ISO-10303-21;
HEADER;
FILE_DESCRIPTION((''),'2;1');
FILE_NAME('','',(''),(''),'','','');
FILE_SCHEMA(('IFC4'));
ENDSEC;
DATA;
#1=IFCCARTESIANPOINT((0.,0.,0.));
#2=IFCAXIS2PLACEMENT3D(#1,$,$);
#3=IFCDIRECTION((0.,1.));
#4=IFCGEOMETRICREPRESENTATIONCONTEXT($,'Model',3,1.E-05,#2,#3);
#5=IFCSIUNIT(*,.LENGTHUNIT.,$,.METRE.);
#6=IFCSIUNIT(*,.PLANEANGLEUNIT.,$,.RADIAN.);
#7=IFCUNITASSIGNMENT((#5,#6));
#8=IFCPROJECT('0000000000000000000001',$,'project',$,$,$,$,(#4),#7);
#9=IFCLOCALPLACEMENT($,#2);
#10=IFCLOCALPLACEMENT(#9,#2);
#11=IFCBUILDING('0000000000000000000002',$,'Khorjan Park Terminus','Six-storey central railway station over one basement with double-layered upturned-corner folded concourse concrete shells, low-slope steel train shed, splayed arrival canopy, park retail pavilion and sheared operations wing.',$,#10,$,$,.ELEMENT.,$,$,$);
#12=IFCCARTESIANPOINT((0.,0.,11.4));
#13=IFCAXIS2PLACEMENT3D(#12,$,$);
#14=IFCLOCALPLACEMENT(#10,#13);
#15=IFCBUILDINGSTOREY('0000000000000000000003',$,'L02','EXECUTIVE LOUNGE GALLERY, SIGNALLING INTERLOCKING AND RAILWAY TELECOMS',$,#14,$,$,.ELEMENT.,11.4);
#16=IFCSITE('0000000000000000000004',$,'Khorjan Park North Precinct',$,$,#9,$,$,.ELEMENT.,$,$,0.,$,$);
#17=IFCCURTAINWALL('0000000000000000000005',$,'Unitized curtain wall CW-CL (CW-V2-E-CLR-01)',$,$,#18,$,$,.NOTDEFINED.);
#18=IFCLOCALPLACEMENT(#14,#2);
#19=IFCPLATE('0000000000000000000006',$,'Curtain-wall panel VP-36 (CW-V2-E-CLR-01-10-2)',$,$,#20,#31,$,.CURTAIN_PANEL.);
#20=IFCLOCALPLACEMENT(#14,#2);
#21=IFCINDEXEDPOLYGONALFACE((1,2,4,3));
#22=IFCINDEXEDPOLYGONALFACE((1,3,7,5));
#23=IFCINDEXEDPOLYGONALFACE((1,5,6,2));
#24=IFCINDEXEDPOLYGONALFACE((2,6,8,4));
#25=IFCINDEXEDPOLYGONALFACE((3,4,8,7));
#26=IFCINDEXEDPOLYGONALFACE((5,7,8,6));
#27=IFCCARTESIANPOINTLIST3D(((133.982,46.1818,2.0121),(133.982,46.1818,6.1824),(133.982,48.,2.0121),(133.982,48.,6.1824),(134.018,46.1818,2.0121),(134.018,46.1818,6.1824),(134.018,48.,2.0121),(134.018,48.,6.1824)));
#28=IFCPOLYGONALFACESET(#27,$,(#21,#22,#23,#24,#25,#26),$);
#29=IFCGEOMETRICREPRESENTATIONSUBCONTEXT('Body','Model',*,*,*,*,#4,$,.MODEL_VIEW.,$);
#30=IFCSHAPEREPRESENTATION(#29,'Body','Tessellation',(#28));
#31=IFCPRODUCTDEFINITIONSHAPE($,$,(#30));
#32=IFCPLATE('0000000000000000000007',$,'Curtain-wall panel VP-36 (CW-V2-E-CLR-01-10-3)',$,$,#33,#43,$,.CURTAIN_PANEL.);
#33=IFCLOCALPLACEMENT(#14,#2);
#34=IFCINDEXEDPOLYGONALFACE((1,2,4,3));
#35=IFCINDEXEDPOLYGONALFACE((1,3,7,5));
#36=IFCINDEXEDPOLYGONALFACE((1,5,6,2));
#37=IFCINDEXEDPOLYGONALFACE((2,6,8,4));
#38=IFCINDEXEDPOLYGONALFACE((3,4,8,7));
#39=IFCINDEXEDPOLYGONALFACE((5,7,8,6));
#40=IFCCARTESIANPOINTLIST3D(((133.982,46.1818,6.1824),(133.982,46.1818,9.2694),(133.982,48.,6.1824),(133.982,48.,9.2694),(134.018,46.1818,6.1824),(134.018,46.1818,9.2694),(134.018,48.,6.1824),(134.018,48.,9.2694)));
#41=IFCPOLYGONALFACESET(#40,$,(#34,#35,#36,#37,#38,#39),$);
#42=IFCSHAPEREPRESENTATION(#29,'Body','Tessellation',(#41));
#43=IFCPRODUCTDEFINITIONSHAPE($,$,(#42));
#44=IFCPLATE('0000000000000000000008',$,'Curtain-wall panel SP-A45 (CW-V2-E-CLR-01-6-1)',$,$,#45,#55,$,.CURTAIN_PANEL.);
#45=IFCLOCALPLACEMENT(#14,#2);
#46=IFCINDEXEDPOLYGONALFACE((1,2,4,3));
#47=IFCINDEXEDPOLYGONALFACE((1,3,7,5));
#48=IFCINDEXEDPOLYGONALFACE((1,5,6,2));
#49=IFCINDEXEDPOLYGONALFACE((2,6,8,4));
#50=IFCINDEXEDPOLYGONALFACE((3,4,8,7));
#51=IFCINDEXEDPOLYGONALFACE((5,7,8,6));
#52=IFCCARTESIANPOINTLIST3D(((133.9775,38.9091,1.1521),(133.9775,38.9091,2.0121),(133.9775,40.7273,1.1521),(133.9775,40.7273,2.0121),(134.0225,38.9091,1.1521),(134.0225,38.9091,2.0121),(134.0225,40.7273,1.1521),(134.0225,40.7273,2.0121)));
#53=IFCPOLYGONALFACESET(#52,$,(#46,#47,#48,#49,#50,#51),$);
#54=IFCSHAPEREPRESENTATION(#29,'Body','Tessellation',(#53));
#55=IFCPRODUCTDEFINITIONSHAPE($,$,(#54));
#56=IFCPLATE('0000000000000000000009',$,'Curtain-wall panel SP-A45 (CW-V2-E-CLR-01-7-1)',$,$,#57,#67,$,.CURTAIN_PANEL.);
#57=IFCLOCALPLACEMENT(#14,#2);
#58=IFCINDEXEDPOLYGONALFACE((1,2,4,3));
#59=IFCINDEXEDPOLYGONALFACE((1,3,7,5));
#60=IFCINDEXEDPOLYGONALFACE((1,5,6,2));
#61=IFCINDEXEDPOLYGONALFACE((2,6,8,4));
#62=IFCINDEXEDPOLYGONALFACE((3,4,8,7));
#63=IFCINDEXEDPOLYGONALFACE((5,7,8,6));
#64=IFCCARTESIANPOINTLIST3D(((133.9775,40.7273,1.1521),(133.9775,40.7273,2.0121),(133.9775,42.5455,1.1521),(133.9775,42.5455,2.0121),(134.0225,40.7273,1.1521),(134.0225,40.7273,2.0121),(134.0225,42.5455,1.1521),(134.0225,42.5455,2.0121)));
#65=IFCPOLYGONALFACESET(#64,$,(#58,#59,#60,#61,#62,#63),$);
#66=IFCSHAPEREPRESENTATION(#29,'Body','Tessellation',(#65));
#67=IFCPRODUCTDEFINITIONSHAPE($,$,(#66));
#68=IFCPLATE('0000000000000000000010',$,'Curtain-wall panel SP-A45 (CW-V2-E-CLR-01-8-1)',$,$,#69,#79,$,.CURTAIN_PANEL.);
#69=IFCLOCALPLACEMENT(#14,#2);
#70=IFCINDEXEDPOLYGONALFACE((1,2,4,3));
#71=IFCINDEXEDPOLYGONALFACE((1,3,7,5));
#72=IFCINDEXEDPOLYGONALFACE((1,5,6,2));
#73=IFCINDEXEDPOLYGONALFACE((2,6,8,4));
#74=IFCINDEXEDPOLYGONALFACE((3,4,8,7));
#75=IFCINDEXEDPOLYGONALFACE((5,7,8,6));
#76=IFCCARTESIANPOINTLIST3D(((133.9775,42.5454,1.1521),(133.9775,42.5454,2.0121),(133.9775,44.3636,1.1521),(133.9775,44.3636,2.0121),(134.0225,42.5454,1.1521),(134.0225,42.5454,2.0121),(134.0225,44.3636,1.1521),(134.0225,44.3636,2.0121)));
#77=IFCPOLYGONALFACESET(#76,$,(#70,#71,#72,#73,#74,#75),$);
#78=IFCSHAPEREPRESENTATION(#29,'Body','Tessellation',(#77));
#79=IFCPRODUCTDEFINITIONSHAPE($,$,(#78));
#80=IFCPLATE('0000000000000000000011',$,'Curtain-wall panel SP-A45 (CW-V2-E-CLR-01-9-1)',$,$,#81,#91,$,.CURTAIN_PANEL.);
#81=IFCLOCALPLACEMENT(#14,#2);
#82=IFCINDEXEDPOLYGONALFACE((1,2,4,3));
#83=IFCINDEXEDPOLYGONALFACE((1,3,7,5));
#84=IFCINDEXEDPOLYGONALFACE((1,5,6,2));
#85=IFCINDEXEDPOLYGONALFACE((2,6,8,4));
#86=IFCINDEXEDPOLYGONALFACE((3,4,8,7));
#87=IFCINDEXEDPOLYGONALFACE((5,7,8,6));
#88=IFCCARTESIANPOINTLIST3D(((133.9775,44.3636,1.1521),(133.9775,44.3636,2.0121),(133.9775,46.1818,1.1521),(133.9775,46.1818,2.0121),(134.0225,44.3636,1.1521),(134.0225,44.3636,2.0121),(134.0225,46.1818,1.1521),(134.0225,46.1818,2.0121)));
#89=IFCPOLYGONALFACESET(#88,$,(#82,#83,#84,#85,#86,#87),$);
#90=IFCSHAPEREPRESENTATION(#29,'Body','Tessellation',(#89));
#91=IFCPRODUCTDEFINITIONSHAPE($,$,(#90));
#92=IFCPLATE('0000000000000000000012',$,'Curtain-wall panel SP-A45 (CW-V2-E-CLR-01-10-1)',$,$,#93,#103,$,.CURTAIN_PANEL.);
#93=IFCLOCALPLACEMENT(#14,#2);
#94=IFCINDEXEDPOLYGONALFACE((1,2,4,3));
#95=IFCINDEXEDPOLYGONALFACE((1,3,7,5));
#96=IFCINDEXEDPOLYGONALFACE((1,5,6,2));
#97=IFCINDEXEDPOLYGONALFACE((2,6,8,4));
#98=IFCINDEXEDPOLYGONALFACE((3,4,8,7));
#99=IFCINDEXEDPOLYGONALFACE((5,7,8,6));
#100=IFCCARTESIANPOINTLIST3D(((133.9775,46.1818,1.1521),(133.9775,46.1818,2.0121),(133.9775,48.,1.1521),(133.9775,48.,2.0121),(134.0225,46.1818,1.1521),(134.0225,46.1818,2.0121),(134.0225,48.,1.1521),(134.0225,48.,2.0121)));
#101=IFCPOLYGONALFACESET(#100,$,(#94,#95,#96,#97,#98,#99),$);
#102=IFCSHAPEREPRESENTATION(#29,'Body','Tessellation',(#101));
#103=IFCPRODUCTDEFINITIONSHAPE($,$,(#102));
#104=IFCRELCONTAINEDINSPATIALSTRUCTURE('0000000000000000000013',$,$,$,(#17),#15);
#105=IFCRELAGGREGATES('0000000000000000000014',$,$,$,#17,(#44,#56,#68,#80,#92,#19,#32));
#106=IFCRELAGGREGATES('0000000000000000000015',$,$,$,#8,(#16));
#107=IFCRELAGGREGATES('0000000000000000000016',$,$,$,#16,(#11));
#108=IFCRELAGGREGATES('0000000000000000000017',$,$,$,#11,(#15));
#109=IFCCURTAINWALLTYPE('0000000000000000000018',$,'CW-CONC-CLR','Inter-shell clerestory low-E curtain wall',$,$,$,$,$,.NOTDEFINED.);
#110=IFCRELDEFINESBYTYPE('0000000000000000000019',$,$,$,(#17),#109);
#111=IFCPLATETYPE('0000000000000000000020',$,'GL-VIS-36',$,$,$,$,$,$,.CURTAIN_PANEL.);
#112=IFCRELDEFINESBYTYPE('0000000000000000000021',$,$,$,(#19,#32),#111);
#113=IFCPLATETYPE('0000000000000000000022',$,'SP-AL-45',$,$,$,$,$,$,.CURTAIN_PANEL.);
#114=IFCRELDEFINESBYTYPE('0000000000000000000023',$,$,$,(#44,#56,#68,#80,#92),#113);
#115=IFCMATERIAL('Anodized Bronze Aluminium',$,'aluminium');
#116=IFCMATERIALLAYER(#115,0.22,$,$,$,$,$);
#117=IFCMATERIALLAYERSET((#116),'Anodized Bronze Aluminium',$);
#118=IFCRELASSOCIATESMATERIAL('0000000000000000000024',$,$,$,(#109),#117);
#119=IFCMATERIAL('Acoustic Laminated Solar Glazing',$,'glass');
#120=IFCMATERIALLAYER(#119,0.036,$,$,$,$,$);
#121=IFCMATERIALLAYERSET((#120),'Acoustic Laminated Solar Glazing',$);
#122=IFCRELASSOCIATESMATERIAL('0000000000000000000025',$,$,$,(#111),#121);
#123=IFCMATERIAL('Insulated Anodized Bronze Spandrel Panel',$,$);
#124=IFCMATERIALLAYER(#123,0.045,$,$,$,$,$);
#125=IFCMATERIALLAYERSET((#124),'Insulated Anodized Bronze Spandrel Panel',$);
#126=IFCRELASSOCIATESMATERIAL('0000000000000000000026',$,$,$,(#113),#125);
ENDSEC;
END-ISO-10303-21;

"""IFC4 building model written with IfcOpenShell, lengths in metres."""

from ifc_helpers import new_model, si_unit, direction, frame, origin, origin_2d, place, context, subcontext, project, spatial, rectangle, extrude, material, layer, layer_set, type_object, element, aggregate, save


model = new_model("IFC4")

# Units and contexts
model_context = context("Model", 3, precision=1e-05, world=origin(), true_north=direction((0.0, 1.0)))
body_context = subcontext(model_context, "Body", "Model", "MODEL_VIEW")
ifc_project = project(units=[si_unit("LENGTHUNIT", "METRE"), si_unit("PLANEANGLEUNIT", "RADIAN")], contexts=[model_context])

# Site, building, storey
site_placement = place(None, origin())
site = spatial("IfcSite", under=ifc_project, at=site_placement, Name="Khorjan Park North Precinct", CompositionType="ELEMENT", RefElevation=0.0)
building_placement = place(site_placement, origin())
building = spatial("IfcBuilding", under=site, at=building_placement, Name="Khorjan Park Terminus", Description="Six-storey central railway station over one basement with double-layered upturned-corner folded concourse concrete shells, low-slope steel train shed, splayed arrival canopy, park retail pavilion and sheared operations wing.", CompositionType="ELEMENT")
storey_placement = place(building_placement, frame((0.0, 0.0, 11.4)))
storey = spatial("IfcBuildingStorey", under=building, at=storey_placement, Name="L02", Description="EXECUTIVE LOUNGE GALLERY, SIGNALLING INTERLOCKING AND RAILWAY TELECOMS", CompositionType="ELEMENT", Elevation=11.4)

# Curtain wall, plates
ifc_material_1 = material(Name="Anodized Bronze Aluminium", Category="aluminium")
ifc_layer_1 = layer(ifc_material_1, 0.22)
ifc_layer_set_1 = layer_set([ifc_layer_1], Name="Anodized Bronze Aluminium")
curtain_wall_type = type_object("IfcCurtainWallType", Name="CW-CONC-CLR", Description="Inter-shell clerestory low-E curtain wall", PredefinedType="NOTDEFINED", material=ifc_layer_set_1)
curtain_wall_placement = place(storey_placement, origin())
curtain_wall = element("IfcCurtainWall", 1, at=curtain_wall_placement, inside=storey, type_object=curtain_wall_type, Name="Unitized curtain wall CW-CL (CW-V2-E-CLR-01)", PredefinedType="NOTDEFINED")
ifc_material_2 = material(Name="Acoustic Laminated Solar Glazing", Category="glass")
ifc_layer_2 = layer(ifc_material_2, 0.036)
ifc_layer_set_2 = layer_set([ifc_layer_2], Name="Acoustic Laminated Solar Glazing")
plate_type_1 = type_object("IfcPlateType", Name="GL-VIS-36", PredefinedType="CURTAIN_PANEL", material=ifc_layer_set_2)
plate_1_placement = place(storey_placement, frame((134.0, 47.0909, 2.0121), z_axis=(0.0, 0.0, 1.0), x_axis=(0.0, 1.0, 0.0)))
plate_1 = element("IfcPlate", 2, at=plate_1_placement, type_object=plate_type_1, Name="Curtain-wall panel VP-36 (CW-V2-E-CLR-01-10-2)", PredefinedType="CURTAIN_PANEL", context=body_context, shape_type="SweptSolid", body=[
    extrude(rectangle(XDim=1.8182, YDim=0.036, at=origin_2d()), origin(), (0.0, 0.0, 1.0), 4.1703),
])
plate_2_placement = place(storey_placement, frame((134.0, 47.0909, 6.1824), z_axis=(0.0, 0.0, 1.0), x_axis=(0.0, 1.0, 0.0)))
plate_2 = element("IfcPlate", 3, at=plate_2_placement, type_object=plate_type_1, Name="Curtain-wall panel VP-36 (CW-V2-E-CLR-01-10-3)", PredefinedType="CURTAIN_PANEL", context=body_context, shape_type="SweptSolid", body=[
    extrude(rectangle(XDim=1.8182, YDim=0.036, at=origin_2d()), origin(), (0.0, 0.0, 1.0), 3.087),
])
ifc_material_3 = material(Name="Insulated Anodized Bronze Spandrel Panel")
ifc_layer_3 = layer(ifc_material_3, 0.045)
ifc_layer_set_3 = layer_set([ifc_layer_3], Name="Insulated Anodized Bronze Spandrel Panel")
plate_type_2 = type_object("IfcPlateType", Name="SP-AL-45", PredefinedType="CURTAIN_PANEL", material=ifc_layer_set_3)
plate_3_placement = place(storey_placement, frame((134.0, 39.8182, 1.1521), z_axis=(0.0, 0.0, 1.0), x_axis=(0.0, 1.0, 0.0)))
plate_3 = element("IfcPlate", 4, at=plate_3_placement, type_object=plate_type_2, Name="Curtain-wall panel SP-A45 (CW-V2-E-CLR-01-6-1)", PredefinedType="CURTAIN_PANEL", context=body_context, shape_type="SweptSolid", body=[
    extrude(rectangle(XDim=1.8182, YDim=0.045, at=origin_2d()), origin(), (0.0, 0.0, 1.0), 0.86),
])
plate_4_placement = place(storey_placement, frame((134.0, 41.6364, 1.1521), z_axis=(0.0, 0.0, 1.0), x_axis=(0.0, 1.0, 0.0)))
plate_4 = element("IfcPlate", 5, at=plate_4_placement, type_object=plate_type_2, Name="Curtain-wall panel SP-A45 (CW-V2-E-CLR-01-7-1)", PredefinedType="CURTAIN_PANEL", context=body_context, shape_type="SweptSolid", body=[
    extrude(rectangle(XDim=1.8182, YDim=0.045, at=origin_2d()), origin(), (0.0, 0.0, 1.0), 0.86),
])
plate_5_placement = place(storey_placement, frame((134.0, 43.4545, 1.1521), z_axis=(0.0, 0.0, 1.0), x_axis=(0.0, 1.0, 0.0)))
plate_5 = element("IfcPlate", 6, at=plate_5_placement, type_object=plate_type_2, Name="Curtain-wall panel SP-A45 (CW-V2-E-CLR-01-8-1)", PredefinedType="CURTAIN_PANEL", context=body_context, shape_type="SweptSolid", body=[
    extrude(rectangle(XDim=1.8182, YDim=0.045, at=origin_2d()), origin(), (0.0, 0.0, 1.0), 0.86),
])
plate_6_placement = place(storey_placement, frame((134.0, 45.2727, 1.1521), z_axis=(0.0, 0.0, 1.0), x_axis=(0.0, 1.0, 0.0)))
plate_6 = element("IfcPlate", 7, at=plate_6_placement, type_object=plate_type_2, Name="Curtain-wall panel SP-A45 (CW-V2-E-CLR-01-9-1)", PredefinedType="CURTAIN_PANEL", context=body_context, shape_type="SweptSolid", body=[
    extrude(rectangle(XDim=1.8182, YDim=0.045, at=origin_2d()), origin(), (0.0, 0.0, 1.0), 0.86),
])
plate_7_placement = place(storey_placement, frame((134.0, 47.0909, 1.1521), z_axis=(0.0, 0.0, 1.0), x_axis=(0.0, 1.0, 0.0)))
plate_7 = element("IfcPlate", 8, at=plate_7_placement, type_object=plate_type_2, Name="Curtain-wall panel SP-A45 (CW-V2-E-CLR-01-10-1)", PredefinedType="CURTAIN_PANEL", context=body_context, shape_type="SweptSolid", body=[
    extrude(rectangle(XDim=1.8182, YDim=0.045, at=origin_2d()), origin(), (0.0, 0.0, 1.0), 0.86),
])
aggregate(curtain_wall, [plate_3, plate_4, plate_5, plate_6, plate_7, plate_1, plate_2])

save(model, "model.ifc")
